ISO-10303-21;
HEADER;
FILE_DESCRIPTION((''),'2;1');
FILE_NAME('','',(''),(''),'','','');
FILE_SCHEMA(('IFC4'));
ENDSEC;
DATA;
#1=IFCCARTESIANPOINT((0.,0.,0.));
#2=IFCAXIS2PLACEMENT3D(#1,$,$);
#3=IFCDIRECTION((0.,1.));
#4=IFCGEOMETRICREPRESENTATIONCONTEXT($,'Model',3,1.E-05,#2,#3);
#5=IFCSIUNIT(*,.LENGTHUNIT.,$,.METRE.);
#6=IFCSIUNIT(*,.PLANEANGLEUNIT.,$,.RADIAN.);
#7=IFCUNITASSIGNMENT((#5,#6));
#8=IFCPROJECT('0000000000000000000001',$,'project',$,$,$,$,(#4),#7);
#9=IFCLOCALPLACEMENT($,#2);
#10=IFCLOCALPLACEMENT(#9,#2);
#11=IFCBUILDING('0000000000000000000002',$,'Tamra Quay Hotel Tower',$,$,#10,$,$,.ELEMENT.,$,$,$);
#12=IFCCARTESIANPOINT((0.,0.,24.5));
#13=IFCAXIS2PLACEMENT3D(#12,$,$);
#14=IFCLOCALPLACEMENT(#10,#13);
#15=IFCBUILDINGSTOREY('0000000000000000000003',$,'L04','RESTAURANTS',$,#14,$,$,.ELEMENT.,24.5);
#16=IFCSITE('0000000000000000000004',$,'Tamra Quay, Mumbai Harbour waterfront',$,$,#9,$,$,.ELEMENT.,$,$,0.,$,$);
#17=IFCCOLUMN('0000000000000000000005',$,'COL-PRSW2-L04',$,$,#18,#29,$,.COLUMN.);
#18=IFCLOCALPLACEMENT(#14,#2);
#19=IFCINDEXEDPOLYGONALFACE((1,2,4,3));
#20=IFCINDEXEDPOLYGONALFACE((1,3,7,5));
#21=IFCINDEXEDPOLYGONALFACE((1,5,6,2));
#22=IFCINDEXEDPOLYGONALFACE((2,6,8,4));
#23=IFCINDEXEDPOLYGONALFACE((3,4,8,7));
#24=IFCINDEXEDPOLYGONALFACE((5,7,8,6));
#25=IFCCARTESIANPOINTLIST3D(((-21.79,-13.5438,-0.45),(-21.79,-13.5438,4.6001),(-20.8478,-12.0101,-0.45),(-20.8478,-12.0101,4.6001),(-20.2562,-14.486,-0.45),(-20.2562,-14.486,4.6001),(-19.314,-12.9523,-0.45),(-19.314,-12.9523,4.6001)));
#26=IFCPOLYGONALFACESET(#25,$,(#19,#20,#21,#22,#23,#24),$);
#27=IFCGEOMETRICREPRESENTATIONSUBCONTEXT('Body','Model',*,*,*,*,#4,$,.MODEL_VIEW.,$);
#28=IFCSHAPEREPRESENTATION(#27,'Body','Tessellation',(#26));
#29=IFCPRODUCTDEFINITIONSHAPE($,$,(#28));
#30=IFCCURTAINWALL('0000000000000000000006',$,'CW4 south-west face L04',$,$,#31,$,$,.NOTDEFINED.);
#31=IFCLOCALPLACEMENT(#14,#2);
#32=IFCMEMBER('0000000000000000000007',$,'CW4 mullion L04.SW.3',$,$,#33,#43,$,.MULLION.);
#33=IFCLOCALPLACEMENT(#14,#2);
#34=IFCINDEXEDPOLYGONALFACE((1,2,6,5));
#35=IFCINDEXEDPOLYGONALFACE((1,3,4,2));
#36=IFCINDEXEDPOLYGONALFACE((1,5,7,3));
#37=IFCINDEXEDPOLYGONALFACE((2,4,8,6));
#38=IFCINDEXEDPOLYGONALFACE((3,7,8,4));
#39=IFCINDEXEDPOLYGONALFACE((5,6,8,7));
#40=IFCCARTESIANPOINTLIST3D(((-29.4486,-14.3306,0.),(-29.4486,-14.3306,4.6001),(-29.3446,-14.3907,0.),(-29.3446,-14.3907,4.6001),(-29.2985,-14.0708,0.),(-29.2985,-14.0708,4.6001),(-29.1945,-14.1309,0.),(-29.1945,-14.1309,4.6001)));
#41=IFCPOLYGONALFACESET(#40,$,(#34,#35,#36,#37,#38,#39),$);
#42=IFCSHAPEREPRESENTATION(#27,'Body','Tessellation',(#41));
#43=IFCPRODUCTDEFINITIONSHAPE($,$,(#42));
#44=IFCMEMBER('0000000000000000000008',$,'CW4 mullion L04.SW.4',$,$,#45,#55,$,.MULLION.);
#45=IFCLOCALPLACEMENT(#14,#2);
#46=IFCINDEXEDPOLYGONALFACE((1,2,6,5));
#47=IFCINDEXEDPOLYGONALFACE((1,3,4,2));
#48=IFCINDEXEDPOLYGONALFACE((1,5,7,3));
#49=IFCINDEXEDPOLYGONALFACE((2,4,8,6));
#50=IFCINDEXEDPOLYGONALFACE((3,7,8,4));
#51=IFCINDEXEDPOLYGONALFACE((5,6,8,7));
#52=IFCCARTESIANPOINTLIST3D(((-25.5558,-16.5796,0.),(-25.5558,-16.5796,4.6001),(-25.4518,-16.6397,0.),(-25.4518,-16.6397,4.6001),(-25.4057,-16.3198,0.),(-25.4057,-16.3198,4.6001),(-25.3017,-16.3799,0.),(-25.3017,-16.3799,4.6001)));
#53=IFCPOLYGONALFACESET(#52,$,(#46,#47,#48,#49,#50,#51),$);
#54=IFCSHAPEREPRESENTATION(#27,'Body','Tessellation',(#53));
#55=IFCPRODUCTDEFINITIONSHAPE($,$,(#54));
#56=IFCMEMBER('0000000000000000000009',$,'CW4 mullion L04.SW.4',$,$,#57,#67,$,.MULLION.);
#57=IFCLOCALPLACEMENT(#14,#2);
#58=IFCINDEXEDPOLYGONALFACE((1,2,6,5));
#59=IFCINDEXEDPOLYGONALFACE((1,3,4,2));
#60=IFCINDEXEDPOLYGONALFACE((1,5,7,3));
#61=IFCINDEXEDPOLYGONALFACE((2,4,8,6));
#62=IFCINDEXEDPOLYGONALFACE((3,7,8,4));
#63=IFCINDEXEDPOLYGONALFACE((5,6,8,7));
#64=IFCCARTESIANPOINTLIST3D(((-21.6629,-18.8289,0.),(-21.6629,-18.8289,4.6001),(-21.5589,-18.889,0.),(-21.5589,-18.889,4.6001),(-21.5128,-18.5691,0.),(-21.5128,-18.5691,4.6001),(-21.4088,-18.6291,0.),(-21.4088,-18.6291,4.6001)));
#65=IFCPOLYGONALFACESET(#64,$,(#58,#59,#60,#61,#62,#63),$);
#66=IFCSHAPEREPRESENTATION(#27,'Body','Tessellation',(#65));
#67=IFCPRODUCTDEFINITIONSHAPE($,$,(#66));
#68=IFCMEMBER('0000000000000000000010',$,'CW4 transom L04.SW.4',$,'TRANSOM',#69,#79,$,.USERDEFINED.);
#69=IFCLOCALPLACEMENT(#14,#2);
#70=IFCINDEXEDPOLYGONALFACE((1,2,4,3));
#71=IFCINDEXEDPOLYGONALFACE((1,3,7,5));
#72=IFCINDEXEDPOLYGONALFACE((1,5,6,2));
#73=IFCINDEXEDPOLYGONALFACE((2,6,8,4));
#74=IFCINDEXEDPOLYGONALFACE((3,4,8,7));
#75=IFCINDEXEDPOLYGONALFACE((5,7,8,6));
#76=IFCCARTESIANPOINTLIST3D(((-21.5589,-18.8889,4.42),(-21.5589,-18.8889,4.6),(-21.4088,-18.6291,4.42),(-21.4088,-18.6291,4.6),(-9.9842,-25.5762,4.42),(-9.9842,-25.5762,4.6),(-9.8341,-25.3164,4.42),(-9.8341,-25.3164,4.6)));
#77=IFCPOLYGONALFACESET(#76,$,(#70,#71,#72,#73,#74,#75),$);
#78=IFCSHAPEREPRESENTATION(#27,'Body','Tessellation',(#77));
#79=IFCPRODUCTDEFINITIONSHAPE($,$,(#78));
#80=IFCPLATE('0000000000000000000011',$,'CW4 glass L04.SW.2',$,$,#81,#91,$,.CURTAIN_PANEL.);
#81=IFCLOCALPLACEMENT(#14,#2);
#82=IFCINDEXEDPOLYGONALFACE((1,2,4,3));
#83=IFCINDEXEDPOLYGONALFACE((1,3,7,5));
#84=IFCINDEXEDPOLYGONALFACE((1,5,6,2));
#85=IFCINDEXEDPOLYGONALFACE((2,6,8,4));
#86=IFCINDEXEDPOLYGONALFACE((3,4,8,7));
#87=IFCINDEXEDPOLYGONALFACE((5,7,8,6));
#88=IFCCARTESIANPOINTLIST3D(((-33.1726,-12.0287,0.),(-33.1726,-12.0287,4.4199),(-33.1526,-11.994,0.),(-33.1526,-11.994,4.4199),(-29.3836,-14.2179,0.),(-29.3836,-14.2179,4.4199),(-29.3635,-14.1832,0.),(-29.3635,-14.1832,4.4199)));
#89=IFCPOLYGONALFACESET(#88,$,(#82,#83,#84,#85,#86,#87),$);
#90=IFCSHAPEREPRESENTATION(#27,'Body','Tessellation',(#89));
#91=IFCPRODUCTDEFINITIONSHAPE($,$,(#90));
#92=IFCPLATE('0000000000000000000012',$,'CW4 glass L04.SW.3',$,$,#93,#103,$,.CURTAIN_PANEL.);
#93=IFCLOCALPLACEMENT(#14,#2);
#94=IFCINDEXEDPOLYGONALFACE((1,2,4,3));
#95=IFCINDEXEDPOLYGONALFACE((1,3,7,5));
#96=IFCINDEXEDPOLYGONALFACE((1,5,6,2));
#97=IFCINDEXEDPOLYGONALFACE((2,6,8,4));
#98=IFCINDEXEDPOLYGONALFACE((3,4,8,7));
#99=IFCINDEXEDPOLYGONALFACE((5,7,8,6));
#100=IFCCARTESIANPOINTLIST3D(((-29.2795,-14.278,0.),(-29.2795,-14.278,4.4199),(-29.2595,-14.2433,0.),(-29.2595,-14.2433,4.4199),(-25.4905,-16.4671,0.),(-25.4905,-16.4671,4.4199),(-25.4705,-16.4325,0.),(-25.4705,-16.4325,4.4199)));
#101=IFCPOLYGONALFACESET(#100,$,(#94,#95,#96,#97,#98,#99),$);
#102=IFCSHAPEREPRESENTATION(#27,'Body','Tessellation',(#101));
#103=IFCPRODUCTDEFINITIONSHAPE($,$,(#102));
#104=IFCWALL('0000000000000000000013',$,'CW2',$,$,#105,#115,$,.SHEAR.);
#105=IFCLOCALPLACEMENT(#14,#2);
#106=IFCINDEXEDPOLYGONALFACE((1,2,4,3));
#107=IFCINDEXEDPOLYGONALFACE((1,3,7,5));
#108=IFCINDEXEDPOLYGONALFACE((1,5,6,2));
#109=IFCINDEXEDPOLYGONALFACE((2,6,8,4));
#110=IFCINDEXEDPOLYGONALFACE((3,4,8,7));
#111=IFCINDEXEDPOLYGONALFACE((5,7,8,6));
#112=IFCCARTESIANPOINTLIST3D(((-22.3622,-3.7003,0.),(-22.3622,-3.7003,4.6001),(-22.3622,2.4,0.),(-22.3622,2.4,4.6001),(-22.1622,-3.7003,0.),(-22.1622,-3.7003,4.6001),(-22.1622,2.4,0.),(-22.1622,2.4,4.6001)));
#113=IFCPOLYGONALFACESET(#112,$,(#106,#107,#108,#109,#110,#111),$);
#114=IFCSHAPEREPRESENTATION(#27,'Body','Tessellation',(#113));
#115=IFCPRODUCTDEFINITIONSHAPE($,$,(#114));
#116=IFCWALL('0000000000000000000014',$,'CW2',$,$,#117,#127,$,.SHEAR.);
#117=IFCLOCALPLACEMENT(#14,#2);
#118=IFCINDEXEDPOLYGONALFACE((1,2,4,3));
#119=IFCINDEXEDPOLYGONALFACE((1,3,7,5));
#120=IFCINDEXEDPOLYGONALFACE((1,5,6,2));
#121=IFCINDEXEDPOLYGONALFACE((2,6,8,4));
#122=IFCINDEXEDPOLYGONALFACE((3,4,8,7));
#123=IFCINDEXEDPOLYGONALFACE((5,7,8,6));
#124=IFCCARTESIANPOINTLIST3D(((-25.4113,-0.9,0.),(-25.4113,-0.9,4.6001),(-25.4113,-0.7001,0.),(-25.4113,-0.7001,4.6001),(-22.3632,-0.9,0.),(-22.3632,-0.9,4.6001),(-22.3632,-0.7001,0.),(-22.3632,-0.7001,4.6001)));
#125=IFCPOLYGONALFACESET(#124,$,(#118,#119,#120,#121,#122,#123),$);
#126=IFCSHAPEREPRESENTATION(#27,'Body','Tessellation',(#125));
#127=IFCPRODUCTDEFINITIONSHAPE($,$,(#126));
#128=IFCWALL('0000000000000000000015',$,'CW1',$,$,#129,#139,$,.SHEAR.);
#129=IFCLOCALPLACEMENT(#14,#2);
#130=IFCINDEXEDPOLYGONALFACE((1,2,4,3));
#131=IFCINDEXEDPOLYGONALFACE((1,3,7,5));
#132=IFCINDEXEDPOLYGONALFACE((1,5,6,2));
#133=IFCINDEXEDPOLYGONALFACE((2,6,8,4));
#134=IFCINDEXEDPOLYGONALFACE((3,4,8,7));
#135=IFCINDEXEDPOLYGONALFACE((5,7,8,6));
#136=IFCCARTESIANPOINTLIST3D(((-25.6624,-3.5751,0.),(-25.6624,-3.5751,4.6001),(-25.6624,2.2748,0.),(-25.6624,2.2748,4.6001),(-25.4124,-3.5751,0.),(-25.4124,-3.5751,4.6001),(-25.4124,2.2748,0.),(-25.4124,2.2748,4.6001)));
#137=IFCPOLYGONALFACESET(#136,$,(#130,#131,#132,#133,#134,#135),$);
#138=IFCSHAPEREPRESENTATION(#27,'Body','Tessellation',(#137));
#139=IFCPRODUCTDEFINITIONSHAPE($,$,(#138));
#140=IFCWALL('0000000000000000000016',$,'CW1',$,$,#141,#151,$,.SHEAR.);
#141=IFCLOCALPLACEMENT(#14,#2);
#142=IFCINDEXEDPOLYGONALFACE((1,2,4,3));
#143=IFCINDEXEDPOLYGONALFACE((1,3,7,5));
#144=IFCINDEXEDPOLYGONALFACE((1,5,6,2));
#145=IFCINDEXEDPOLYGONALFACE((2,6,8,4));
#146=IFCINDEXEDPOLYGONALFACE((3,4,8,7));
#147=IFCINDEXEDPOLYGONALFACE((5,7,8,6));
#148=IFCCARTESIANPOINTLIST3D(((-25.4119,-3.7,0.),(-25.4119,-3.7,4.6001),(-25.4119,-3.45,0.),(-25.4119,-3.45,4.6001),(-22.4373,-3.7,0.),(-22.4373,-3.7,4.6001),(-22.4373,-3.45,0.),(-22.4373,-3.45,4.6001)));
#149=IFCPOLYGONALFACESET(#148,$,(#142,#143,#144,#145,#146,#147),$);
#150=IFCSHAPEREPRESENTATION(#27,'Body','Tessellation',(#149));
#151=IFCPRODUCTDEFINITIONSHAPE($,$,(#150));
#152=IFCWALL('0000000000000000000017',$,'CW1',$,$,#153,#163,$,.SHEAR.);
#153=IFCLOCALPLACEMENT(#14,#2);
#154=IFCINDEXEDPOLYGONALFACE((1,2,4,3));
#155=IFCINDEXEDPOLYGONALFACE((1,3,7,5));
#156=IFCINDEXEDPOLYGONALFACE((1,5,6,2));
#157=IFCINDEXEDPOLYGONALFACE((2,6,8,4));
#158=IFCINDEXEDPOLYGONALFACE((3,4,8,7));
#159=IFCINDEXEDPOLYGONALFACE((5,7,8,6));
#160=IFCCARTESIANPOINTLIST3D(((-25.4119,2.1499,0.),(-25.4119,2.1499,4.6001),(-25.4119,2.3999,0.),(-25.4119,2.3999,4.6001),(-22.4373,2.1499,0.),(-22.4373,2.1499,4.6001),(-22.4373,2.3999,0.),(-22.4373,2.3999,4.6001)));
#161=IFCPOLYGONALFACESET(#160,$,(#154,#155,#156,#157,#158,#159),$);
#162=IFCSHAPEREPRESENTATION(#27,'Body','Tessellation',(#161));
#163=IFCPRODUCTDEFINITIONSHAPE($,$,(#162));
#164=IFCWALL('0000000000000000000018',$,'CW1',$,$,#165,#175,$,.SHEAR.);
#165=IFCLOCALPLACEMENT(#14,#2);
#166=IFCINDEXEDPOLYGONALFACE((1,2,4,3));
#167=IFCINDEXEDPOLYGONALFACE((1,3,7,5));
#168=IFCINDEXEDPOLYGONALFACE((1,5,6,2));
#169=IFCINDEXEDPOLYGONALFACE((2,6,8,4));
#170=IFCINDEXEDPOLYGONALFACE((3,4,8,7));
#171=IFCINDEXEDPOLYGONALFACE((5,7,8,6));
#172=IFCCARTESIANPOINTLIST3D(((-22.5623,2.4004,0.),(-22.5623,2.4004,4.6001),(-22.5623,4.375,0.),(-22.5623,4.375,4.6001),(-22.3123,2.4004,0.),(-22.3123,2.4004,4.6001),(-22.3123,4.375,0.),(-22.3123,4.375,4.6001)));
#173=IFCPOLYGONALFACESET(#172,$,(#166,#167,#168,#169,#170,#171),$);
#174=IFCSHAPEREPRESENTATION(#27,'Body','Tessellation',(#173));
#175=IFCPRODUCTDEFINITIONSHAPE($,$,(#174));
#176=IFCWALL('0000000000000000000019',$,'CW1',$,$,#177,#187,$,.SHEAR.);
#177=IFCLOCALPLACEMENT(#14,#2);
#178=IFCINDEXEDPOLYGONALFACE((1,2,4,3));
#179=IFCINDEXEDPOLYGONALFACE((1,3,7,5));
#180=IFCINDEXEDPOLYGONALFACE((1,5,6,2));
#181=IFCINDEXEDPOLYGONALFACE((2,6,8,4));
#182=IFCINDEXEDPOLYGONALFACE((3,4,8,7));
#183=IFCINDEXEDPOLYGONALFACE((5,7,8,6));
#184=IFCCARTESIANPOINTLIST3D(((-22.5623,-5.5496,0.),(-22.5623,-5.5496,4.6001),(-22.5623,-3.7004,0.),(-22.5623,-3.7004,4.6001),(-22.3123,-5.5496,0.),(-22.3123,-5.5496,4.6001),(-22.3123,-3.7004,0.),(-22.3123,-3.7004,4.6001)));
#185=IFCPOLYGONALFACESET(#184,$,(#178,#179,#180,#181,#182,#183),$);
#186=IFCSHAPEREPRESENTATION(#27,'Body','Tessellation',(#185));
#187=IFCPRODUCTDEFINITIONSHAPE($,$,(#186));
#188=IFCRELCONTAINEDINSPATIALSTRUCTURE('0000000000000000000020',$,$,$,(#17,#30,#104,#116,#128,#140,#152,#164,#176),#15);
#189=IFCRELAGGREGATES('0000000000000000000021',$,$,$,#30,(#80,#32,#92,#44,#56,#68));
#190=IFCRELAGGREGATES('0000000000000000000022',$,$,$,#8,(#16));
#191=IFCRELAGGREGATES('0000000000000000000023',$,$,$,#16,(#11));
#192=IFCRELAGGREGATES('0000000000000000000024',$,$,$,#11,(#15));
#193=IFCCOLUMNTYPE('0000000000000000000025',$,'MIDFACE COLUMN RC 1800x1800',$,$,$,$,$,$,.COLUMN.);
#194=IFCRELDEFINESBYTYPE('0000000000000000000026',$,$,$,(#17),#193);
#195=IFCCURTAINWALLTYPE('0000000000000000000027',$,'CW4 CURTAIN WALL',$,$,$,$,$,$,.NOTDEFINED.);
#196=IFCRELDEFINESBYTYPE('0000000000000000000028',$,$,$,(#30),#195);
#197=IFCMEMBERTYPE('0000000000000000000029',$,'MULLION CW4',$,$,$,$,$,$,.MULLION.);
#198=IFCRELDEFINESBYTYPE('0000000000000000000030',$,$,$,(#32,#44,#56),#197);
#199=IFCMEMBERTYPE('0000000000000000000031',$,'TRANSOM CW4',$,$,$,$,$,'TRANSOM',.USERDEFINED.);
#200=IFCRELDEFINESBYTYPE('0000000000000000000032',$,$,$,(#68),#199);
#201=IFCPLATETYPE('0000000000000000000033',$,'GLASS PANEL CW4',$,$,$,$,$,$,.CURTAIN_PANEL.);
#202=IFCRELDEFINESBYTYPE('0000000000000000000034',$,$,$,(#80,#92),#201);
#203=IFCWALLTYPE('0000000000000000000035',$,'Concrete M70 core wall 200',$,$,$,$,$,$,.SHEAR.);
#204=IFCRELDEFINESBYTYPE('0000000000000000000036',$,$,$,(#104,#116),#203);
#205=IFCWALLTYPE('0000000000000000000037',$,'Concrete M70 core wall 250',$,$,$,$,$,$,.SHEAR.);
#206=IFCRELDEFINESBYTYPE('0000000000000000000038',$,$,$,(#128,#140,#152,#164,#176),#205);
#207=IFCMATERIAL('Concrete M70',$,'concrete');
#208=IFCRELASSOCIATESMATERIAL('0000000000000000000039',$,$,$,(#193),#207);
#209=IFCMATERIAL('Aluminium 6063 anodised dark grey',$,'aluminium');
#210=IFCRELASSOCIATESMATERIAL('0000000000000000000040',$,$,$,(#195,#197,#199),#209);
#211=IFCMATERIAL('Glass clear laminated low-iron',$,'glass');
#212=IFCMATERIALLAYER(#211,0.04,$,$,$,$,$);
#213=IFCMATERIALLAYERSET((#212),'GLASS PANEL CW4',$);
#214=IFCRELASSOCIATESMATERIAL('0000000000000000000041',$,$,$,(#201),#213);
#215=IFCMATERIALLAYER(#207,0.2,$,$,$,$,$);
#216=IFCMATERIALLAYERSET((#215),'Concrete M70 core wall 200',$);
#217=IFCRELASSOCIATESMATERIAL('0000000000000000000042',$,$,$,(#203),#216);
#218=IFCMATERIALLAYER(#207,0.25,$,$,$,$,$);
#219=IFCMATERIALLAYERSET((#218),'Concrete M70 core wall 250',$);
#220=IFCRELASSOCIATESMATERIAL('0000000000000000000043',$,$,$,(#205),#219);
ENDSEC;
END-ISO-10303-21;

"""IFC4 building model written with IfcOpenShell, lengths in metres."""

from ifc_helpers import new_model, si_unit, direction, frame, frame_2d, origin, origin_2d, place, context, subcontext, project, spatial, rectangle, extrude, material, layer, layer_set, material_profile, profile_set, type_object, element, aggregate, save


model = new_model("IFC4")

# Units and contexts
model_context = context("Model", 3, precision=1e-05, world=origin(), true_north=direction((0.0, 1.0)))
body_context = subcontext(model_context, "Body", "Model", "MODEL_VIEW")
ifc_project = project(units=[si_unit("LENGTHUNIT", "METRE"), si_unit("PLANEANGLEUNIT", "RADIAN")], contexts=[model_context])

# Site, building, storey
site_placement = place(None, origin())
site = spatial("IfcSite", under=ifc_project, at=site_placement, Name="Tamra Quay, Mumbai Harbour waterfront", CompositionType="ELEMENT", RefElevation=0.0)
building_placement = place(site_placement, origin())
building = spatial("IfcBuilding", under=site, at=building_placement, Name="Tamra Quay Hotel Tower", CompositionType="ELEMENT")
storey_placement = place(building_placement, frame((0.0, 0.0, 24.5)))
storey = spatial("IfcBuildingStorey", under=building, at=storey_placement, Name="L04", Description="RESTAURANTS", CompositionType="ELEMENT", Elevation=24.5)

# Column
ifc_material_1 = material(Name="Concrete M70", Category="concrete")
ifc_material_profile_1 = material_profile(ifc_material_1, rectangle(XDim=1.8, YDim=1.8, at=origin_2d()), Name="MIDFACE COLUMN RC 1800x1800")
ifc_profile_set_1 = profile_set([ifc_material_profile_1], Name="Concrete M70")
column_type = type_object("IfcColumnType", Name="MIDFACE COLUMN RC 1800x1800", PredefinedType="COLUMN", material=ifc_profile_set_1)
column_placement = place(storey_placement, frame((-20.552, -13.248, -0.45), z_axis=(0.0, 0.0, 1.0), x_axis=(0.52343, 0.852069, 0.0)))
element("IfcColumn", 1, at=column_placement, inside=storey, type_object=column_type, Name="COL-PRSW2-L04", PredefinedType="COLUMN", context=body_context, shape_type="SweptSolid", body=[
    extrude(rectangle(XDim=1.8, YDim=1.8, at=origin_2d()), origin(), (0.0, 0.0, 1.0), 5.05),
])

# Curtain wall, members, plates
ifc_material_2 = material(Name="Aluminium 6063 anodised dark grey", Category="aluminium")
curtain_wall_type = type_object("IfcCurtainWallType", Name="CW4 CURTAIN WALL", PredefinedType="NOTDEFINED", material=ifc_material_2)
curtain_wall_placement = place(storey_placement, origin())
curtain_wall = element("IfcCurtainWall", 2, at=curtain_wall_placement, inside=storey, type_object=curtain_wall_type, Name="CW4 south-west face L04", PredefinedType="NOTDEFINED")
ifc_material_profile_2 = material_profile(ifc_material_2, rectangle(XDim=0.3, YDim=0.1201, at=origin_2d()), Name="MULLION 120X300")
ifc_profile_set_2 = profile_set([ifc_material_profile_2], Name="Aluminium 6063 anodised dark grey")
member_type_1 = type_object("IfcMemberType", Name="MULLION CW4", PredefinedType="MULLION", material=ifc_profile_set_2)
member_1_placement = place(storey_placement, frame((-29.3215, -14.2307, 0.0), z_axis=(0.0, 0.0, 1.0), x_axis=(-0.500265, -0.865872, 0.0)))
member_1 = element("IfcMember", 3, at=member_1_placement, type_object=member_type_1, Name="CW4 mullion L04.SW.3", PredefinedType="MULLION", context=body_context, shape_type="SweptSolid", body=[
    extrude(rectangle(XDim=0.3, YDim=0.1201, at=origin_2d()), origin(), (0.0, 0.0, 1.0), 4.6001),
])
member_2_placement = place(storey_placement, frame((-25.4287, -16.4797, 0.0), z_axis=(0.0, 0.0, 1.0), x_axis=(-0.500265, -0.865872, 0.0)))
member_2 = element("IfcMember", 4, at=member_2_placement, type_object=member_type_1, Name="CW4 mullion L04.SW.4", PredefinedType="MULLION", context=body_context, shape_type="SweptSolid", body=[
    extrude(rectangle(XDim=0.3, YDim=0.1201, at=origin_2d()), origin(), (0.0, 0.0, 1.0), 4.6001),
])
member_3_placement = place(storey_placement, frame((-21.5359, -18.729, 0.0), z_axis=(0.0, 0.0, 1.0), x_axis=(-0.500265, -0.865872, 0.0)))
member_3 = element("IfcMember", 5, at=member_3_placement, type_object=member_type_1, Name="CW4 mullion L04.SW.4", PredefinedType="MULLION", context=body_context, shape_type="SweptSolid", body=[
    extrude(rectangle(XDim=0.3, YDim=0.1201, at=origin_2d()), origin(), (0.0, 0.0, 1.0), 4.6001),
])
ifc_material_profile_3 = material_profile(ifc_material_2, rectangle(XDim=0.3, YDim=0.1799, at=origin_2d()), Name="TRANSOM 300X180")
ifc_profile_set_3 = profile_set([ifc_material_profile_3], Name="Aluminium 6063 anodised dark grey")
member_type_2 = type_object("IfcMemberType", Name="TRANSOM CW4", ElementType="TRANSOM", PredefinedType="USERDEFINED", material=ifc_profile_set_3)
member_4_placement = place(storey_placement, frame((-21.4839, -18.759, 4.51), z_axis=(0.865877, -0.500258, 0.0), x_axis=(0.500258, 0.865877, 0.0)))
member_4 = element("IfcMember", 6, at=member_4_placement, type_object=member_type_2, Name="CW4 transom L04.SW.4", ObjectType="TRANSOM", PredefinedType="USERDEFINED", context=body_context, shape_type="SweptSolid", body=[
    extrude(rectangle(XDim=0.3, YDim=0.1799, at=origin_2d()), origin(), (0.0, 0.0, 1.0), 13.3677),
])
ifc_material_3 = material(Name="Glass clear laminated low-iron", Category="glass")
ifc_layer_1 = layer(ifc_material_3, 0.04)
ifc_layer_set_1 = layer_set([ifc_layer_1], Name="GLASS PANEL CW4")
plate_type = type_object("IfcPlateType", Name="GLASS PANEL CW4", PredefinedType="CURTAIN_PANEL", material=ifc_layer_set_1)
plate_1_placement = place(storey_placement, frame((-31.2681, -13.106, 0.0), z_axis=(0.0, 0.0, 1.0), x_axis=(0.865872, -0.500265, 0.0)))
plate_1 = element("IfcPlate", 7, at=plate_1_placement, type_object=plate_type, Name="CW4 glass L04.SW.2", PredefinedType="CURTAIN_PANEL", context=body_context, shape_type="SweptSolid", body=[
    extrude(rectangle(XDim=4.376, YDim=0.04, at=origin_2d()), origin(), (0.0, 0.0, 1.0), 4.4199),
])
plate_2_placement = place(storey_placement, frame((-27.375, -15.3552, 0.0), z_axis=(0.0, 0.0, 1.0), x_axis=(0.865872, -0.500265, 0.0)))
plate_2 = element("IfcPlate", 8, at=plate_2_placement, type_object=plate_type, Name="CW4 glass L04.SW.3", PredefinedType="CURTAIN_PANEL", context=body_context, shape_type="SweptSolid", body=[
    extrude(rectangle(XDim=4.376, YDim=0.04, at=origin_2d()), origin(), (0.0, 0.0, 1.0), 4.4199),
])
aggregate(curtain_wall, [plate_1, member_1, plate_2, member_2, member_3, member_4])

# Walls
ifc_layer_2 = layer(ifc_material_1, 0.2)
ifc_layer_set_2 = layer_set([ifc_layer_2], Name="Concrete M70 core wall 200")
wall_type_1 = type_object("IfcWallType", Name="Concrete M70 core wall 200", PredefinedType="SHEAR", material=ifc_layer_set_2)
wall_1_placement = place(storey_placement, frame((-22.2622, 2.4001, 0.0), z_axis=(0.0, 0.0, 1.0), x_axis=(0.0, -1.0, 0.0)))
element("IfcWall", 9, at=wall_1_placement, inside=storey, type_object=wall_type_1, Name="CW2", PredefinedType="SHEAR", context=body_context, shape_type="SweptSolid", body=[
    extrude(rectangle(XDim=6.1003, YDim=0.2, at=frame_2d((3.0503, 0.0))), origin(), (0.0, 0.0, 1.0), 4.6001),
])
wall_2_placement = place(storey_placement, frame((-22.3633, -0.8, 0.0), z_axis=(0.0, 0.0, 1.0), x_axis=(-1.0, 0.0, 0.0)))
element("IfcWall", 10, at=wall_2_placement, inside=storey, type_object=wall_type_1, Name="CW2", PredefinedType="SHEAR", context=body_context, shape_type="SweptSolid", body=[
    extrude(rectangle(XDim=3.0481, YDim=0.2, at=frame_2d((1.5239, 0.0))), origin(), (0.0, 0.0, 1.0), 4.6001),
])
ifc_layer_3 = layer(ifc_material_1, 0.25)
ifc_layer_set_3 = layer_set([ifc_layer_3], Name="Concrete M70 core wall 250")
wall_type_2 = type_object("IfcWallType", Name="Concrete M70 core wall 250", PredefinedType="SHEAR", material=ifc_layer_set_3)
wall_3_placement = place(storey_placement, frame((-25.5374, -3.575, 0.0), z_axis=(0.0, 0.0, 1.0), x_axis=(0.0, 1.0, 0.0)))
element("IfcWall", 11, at=wall_3_placement, inside=storey, type_object=wall_type_2, Name="CW1", PredefinedType="SHEAR", context=body_context, shape_type="SweptSolid", body=[
    extrude(rectangle(XDim=5.8499, YDim=0.25, at=frame_2d((2.9248, 0.0))), origin(), (0.0, 0.0, 1.0), 4.6001),
])
for number, where, z_axis, x_axis, name in (
    (12, (-22.4373, -3.575, 0.0), (0.0, 0.0, 1.0), (-1.0, 0.0, 0.0), "CW1"),
    (13, (-25.4119, 2.2749, 0.0), (0.0, 0.0, 1.0), (1.0, 0.0, 0.0), "CW1"),
):
    element("IfcWall", number, at=place(storey_placement, frame(where, z_axis=z_axis, x_axis=x_axis)), inside=storey, type_object=wall_type_2, Name=name, PredefinedType="SHEAR", context=body_context, shape_type="SweptSolid", body=[
        extrude(rectangle(XDim=2.9746, YDim=0.25, at=frame_2d((1.4873, 0.0))), origin(), (0.0, 0.0, 1.0), 4.6001),
    ])
wall_4_placement = place(storey_placement, frame((-22.4373, 2.4004, 0.0), z_axis=(0.0, 0.0, 1.0), x_axis=(0.0, 1.0, 0.0)))
element("IfcWall", 14, at=wall_4_placement, inside=storey, type_object=wall_type_2, Name="CW1", PredefinedType="SHEAR", context=body_context, shape_type="SweptSolid", body=[
    extrude(rectangle(XDim=1.9746, YDim=0.25, at=frame_2d((0.9873, 0.0))), origin(), (0.0, 0.0, 1.0), 4.6001),
])
wall_5_placement = place(storey_placement, frame((-22.4373, -5.5496, 0.0), z_axis=(0.0, 0.0, 1.0), x_axis=(0.0, 1.0, 0.0)))
element("IfcWall", 15, at=wall_5_placement, inside=storey, type_object=wall_type_2, Name="CW1", PredefinedType="SHEAR", context=body_context, shape_type="SweptSolid", body=[
    extrude(rectangle(XDim=1.8491, YDim=0.25, at=frame_2d((0.9246, 0.0))), origin(), (0.0, 0.0, 1.0), 4.6001),
])

save(model, "model.ifc")
